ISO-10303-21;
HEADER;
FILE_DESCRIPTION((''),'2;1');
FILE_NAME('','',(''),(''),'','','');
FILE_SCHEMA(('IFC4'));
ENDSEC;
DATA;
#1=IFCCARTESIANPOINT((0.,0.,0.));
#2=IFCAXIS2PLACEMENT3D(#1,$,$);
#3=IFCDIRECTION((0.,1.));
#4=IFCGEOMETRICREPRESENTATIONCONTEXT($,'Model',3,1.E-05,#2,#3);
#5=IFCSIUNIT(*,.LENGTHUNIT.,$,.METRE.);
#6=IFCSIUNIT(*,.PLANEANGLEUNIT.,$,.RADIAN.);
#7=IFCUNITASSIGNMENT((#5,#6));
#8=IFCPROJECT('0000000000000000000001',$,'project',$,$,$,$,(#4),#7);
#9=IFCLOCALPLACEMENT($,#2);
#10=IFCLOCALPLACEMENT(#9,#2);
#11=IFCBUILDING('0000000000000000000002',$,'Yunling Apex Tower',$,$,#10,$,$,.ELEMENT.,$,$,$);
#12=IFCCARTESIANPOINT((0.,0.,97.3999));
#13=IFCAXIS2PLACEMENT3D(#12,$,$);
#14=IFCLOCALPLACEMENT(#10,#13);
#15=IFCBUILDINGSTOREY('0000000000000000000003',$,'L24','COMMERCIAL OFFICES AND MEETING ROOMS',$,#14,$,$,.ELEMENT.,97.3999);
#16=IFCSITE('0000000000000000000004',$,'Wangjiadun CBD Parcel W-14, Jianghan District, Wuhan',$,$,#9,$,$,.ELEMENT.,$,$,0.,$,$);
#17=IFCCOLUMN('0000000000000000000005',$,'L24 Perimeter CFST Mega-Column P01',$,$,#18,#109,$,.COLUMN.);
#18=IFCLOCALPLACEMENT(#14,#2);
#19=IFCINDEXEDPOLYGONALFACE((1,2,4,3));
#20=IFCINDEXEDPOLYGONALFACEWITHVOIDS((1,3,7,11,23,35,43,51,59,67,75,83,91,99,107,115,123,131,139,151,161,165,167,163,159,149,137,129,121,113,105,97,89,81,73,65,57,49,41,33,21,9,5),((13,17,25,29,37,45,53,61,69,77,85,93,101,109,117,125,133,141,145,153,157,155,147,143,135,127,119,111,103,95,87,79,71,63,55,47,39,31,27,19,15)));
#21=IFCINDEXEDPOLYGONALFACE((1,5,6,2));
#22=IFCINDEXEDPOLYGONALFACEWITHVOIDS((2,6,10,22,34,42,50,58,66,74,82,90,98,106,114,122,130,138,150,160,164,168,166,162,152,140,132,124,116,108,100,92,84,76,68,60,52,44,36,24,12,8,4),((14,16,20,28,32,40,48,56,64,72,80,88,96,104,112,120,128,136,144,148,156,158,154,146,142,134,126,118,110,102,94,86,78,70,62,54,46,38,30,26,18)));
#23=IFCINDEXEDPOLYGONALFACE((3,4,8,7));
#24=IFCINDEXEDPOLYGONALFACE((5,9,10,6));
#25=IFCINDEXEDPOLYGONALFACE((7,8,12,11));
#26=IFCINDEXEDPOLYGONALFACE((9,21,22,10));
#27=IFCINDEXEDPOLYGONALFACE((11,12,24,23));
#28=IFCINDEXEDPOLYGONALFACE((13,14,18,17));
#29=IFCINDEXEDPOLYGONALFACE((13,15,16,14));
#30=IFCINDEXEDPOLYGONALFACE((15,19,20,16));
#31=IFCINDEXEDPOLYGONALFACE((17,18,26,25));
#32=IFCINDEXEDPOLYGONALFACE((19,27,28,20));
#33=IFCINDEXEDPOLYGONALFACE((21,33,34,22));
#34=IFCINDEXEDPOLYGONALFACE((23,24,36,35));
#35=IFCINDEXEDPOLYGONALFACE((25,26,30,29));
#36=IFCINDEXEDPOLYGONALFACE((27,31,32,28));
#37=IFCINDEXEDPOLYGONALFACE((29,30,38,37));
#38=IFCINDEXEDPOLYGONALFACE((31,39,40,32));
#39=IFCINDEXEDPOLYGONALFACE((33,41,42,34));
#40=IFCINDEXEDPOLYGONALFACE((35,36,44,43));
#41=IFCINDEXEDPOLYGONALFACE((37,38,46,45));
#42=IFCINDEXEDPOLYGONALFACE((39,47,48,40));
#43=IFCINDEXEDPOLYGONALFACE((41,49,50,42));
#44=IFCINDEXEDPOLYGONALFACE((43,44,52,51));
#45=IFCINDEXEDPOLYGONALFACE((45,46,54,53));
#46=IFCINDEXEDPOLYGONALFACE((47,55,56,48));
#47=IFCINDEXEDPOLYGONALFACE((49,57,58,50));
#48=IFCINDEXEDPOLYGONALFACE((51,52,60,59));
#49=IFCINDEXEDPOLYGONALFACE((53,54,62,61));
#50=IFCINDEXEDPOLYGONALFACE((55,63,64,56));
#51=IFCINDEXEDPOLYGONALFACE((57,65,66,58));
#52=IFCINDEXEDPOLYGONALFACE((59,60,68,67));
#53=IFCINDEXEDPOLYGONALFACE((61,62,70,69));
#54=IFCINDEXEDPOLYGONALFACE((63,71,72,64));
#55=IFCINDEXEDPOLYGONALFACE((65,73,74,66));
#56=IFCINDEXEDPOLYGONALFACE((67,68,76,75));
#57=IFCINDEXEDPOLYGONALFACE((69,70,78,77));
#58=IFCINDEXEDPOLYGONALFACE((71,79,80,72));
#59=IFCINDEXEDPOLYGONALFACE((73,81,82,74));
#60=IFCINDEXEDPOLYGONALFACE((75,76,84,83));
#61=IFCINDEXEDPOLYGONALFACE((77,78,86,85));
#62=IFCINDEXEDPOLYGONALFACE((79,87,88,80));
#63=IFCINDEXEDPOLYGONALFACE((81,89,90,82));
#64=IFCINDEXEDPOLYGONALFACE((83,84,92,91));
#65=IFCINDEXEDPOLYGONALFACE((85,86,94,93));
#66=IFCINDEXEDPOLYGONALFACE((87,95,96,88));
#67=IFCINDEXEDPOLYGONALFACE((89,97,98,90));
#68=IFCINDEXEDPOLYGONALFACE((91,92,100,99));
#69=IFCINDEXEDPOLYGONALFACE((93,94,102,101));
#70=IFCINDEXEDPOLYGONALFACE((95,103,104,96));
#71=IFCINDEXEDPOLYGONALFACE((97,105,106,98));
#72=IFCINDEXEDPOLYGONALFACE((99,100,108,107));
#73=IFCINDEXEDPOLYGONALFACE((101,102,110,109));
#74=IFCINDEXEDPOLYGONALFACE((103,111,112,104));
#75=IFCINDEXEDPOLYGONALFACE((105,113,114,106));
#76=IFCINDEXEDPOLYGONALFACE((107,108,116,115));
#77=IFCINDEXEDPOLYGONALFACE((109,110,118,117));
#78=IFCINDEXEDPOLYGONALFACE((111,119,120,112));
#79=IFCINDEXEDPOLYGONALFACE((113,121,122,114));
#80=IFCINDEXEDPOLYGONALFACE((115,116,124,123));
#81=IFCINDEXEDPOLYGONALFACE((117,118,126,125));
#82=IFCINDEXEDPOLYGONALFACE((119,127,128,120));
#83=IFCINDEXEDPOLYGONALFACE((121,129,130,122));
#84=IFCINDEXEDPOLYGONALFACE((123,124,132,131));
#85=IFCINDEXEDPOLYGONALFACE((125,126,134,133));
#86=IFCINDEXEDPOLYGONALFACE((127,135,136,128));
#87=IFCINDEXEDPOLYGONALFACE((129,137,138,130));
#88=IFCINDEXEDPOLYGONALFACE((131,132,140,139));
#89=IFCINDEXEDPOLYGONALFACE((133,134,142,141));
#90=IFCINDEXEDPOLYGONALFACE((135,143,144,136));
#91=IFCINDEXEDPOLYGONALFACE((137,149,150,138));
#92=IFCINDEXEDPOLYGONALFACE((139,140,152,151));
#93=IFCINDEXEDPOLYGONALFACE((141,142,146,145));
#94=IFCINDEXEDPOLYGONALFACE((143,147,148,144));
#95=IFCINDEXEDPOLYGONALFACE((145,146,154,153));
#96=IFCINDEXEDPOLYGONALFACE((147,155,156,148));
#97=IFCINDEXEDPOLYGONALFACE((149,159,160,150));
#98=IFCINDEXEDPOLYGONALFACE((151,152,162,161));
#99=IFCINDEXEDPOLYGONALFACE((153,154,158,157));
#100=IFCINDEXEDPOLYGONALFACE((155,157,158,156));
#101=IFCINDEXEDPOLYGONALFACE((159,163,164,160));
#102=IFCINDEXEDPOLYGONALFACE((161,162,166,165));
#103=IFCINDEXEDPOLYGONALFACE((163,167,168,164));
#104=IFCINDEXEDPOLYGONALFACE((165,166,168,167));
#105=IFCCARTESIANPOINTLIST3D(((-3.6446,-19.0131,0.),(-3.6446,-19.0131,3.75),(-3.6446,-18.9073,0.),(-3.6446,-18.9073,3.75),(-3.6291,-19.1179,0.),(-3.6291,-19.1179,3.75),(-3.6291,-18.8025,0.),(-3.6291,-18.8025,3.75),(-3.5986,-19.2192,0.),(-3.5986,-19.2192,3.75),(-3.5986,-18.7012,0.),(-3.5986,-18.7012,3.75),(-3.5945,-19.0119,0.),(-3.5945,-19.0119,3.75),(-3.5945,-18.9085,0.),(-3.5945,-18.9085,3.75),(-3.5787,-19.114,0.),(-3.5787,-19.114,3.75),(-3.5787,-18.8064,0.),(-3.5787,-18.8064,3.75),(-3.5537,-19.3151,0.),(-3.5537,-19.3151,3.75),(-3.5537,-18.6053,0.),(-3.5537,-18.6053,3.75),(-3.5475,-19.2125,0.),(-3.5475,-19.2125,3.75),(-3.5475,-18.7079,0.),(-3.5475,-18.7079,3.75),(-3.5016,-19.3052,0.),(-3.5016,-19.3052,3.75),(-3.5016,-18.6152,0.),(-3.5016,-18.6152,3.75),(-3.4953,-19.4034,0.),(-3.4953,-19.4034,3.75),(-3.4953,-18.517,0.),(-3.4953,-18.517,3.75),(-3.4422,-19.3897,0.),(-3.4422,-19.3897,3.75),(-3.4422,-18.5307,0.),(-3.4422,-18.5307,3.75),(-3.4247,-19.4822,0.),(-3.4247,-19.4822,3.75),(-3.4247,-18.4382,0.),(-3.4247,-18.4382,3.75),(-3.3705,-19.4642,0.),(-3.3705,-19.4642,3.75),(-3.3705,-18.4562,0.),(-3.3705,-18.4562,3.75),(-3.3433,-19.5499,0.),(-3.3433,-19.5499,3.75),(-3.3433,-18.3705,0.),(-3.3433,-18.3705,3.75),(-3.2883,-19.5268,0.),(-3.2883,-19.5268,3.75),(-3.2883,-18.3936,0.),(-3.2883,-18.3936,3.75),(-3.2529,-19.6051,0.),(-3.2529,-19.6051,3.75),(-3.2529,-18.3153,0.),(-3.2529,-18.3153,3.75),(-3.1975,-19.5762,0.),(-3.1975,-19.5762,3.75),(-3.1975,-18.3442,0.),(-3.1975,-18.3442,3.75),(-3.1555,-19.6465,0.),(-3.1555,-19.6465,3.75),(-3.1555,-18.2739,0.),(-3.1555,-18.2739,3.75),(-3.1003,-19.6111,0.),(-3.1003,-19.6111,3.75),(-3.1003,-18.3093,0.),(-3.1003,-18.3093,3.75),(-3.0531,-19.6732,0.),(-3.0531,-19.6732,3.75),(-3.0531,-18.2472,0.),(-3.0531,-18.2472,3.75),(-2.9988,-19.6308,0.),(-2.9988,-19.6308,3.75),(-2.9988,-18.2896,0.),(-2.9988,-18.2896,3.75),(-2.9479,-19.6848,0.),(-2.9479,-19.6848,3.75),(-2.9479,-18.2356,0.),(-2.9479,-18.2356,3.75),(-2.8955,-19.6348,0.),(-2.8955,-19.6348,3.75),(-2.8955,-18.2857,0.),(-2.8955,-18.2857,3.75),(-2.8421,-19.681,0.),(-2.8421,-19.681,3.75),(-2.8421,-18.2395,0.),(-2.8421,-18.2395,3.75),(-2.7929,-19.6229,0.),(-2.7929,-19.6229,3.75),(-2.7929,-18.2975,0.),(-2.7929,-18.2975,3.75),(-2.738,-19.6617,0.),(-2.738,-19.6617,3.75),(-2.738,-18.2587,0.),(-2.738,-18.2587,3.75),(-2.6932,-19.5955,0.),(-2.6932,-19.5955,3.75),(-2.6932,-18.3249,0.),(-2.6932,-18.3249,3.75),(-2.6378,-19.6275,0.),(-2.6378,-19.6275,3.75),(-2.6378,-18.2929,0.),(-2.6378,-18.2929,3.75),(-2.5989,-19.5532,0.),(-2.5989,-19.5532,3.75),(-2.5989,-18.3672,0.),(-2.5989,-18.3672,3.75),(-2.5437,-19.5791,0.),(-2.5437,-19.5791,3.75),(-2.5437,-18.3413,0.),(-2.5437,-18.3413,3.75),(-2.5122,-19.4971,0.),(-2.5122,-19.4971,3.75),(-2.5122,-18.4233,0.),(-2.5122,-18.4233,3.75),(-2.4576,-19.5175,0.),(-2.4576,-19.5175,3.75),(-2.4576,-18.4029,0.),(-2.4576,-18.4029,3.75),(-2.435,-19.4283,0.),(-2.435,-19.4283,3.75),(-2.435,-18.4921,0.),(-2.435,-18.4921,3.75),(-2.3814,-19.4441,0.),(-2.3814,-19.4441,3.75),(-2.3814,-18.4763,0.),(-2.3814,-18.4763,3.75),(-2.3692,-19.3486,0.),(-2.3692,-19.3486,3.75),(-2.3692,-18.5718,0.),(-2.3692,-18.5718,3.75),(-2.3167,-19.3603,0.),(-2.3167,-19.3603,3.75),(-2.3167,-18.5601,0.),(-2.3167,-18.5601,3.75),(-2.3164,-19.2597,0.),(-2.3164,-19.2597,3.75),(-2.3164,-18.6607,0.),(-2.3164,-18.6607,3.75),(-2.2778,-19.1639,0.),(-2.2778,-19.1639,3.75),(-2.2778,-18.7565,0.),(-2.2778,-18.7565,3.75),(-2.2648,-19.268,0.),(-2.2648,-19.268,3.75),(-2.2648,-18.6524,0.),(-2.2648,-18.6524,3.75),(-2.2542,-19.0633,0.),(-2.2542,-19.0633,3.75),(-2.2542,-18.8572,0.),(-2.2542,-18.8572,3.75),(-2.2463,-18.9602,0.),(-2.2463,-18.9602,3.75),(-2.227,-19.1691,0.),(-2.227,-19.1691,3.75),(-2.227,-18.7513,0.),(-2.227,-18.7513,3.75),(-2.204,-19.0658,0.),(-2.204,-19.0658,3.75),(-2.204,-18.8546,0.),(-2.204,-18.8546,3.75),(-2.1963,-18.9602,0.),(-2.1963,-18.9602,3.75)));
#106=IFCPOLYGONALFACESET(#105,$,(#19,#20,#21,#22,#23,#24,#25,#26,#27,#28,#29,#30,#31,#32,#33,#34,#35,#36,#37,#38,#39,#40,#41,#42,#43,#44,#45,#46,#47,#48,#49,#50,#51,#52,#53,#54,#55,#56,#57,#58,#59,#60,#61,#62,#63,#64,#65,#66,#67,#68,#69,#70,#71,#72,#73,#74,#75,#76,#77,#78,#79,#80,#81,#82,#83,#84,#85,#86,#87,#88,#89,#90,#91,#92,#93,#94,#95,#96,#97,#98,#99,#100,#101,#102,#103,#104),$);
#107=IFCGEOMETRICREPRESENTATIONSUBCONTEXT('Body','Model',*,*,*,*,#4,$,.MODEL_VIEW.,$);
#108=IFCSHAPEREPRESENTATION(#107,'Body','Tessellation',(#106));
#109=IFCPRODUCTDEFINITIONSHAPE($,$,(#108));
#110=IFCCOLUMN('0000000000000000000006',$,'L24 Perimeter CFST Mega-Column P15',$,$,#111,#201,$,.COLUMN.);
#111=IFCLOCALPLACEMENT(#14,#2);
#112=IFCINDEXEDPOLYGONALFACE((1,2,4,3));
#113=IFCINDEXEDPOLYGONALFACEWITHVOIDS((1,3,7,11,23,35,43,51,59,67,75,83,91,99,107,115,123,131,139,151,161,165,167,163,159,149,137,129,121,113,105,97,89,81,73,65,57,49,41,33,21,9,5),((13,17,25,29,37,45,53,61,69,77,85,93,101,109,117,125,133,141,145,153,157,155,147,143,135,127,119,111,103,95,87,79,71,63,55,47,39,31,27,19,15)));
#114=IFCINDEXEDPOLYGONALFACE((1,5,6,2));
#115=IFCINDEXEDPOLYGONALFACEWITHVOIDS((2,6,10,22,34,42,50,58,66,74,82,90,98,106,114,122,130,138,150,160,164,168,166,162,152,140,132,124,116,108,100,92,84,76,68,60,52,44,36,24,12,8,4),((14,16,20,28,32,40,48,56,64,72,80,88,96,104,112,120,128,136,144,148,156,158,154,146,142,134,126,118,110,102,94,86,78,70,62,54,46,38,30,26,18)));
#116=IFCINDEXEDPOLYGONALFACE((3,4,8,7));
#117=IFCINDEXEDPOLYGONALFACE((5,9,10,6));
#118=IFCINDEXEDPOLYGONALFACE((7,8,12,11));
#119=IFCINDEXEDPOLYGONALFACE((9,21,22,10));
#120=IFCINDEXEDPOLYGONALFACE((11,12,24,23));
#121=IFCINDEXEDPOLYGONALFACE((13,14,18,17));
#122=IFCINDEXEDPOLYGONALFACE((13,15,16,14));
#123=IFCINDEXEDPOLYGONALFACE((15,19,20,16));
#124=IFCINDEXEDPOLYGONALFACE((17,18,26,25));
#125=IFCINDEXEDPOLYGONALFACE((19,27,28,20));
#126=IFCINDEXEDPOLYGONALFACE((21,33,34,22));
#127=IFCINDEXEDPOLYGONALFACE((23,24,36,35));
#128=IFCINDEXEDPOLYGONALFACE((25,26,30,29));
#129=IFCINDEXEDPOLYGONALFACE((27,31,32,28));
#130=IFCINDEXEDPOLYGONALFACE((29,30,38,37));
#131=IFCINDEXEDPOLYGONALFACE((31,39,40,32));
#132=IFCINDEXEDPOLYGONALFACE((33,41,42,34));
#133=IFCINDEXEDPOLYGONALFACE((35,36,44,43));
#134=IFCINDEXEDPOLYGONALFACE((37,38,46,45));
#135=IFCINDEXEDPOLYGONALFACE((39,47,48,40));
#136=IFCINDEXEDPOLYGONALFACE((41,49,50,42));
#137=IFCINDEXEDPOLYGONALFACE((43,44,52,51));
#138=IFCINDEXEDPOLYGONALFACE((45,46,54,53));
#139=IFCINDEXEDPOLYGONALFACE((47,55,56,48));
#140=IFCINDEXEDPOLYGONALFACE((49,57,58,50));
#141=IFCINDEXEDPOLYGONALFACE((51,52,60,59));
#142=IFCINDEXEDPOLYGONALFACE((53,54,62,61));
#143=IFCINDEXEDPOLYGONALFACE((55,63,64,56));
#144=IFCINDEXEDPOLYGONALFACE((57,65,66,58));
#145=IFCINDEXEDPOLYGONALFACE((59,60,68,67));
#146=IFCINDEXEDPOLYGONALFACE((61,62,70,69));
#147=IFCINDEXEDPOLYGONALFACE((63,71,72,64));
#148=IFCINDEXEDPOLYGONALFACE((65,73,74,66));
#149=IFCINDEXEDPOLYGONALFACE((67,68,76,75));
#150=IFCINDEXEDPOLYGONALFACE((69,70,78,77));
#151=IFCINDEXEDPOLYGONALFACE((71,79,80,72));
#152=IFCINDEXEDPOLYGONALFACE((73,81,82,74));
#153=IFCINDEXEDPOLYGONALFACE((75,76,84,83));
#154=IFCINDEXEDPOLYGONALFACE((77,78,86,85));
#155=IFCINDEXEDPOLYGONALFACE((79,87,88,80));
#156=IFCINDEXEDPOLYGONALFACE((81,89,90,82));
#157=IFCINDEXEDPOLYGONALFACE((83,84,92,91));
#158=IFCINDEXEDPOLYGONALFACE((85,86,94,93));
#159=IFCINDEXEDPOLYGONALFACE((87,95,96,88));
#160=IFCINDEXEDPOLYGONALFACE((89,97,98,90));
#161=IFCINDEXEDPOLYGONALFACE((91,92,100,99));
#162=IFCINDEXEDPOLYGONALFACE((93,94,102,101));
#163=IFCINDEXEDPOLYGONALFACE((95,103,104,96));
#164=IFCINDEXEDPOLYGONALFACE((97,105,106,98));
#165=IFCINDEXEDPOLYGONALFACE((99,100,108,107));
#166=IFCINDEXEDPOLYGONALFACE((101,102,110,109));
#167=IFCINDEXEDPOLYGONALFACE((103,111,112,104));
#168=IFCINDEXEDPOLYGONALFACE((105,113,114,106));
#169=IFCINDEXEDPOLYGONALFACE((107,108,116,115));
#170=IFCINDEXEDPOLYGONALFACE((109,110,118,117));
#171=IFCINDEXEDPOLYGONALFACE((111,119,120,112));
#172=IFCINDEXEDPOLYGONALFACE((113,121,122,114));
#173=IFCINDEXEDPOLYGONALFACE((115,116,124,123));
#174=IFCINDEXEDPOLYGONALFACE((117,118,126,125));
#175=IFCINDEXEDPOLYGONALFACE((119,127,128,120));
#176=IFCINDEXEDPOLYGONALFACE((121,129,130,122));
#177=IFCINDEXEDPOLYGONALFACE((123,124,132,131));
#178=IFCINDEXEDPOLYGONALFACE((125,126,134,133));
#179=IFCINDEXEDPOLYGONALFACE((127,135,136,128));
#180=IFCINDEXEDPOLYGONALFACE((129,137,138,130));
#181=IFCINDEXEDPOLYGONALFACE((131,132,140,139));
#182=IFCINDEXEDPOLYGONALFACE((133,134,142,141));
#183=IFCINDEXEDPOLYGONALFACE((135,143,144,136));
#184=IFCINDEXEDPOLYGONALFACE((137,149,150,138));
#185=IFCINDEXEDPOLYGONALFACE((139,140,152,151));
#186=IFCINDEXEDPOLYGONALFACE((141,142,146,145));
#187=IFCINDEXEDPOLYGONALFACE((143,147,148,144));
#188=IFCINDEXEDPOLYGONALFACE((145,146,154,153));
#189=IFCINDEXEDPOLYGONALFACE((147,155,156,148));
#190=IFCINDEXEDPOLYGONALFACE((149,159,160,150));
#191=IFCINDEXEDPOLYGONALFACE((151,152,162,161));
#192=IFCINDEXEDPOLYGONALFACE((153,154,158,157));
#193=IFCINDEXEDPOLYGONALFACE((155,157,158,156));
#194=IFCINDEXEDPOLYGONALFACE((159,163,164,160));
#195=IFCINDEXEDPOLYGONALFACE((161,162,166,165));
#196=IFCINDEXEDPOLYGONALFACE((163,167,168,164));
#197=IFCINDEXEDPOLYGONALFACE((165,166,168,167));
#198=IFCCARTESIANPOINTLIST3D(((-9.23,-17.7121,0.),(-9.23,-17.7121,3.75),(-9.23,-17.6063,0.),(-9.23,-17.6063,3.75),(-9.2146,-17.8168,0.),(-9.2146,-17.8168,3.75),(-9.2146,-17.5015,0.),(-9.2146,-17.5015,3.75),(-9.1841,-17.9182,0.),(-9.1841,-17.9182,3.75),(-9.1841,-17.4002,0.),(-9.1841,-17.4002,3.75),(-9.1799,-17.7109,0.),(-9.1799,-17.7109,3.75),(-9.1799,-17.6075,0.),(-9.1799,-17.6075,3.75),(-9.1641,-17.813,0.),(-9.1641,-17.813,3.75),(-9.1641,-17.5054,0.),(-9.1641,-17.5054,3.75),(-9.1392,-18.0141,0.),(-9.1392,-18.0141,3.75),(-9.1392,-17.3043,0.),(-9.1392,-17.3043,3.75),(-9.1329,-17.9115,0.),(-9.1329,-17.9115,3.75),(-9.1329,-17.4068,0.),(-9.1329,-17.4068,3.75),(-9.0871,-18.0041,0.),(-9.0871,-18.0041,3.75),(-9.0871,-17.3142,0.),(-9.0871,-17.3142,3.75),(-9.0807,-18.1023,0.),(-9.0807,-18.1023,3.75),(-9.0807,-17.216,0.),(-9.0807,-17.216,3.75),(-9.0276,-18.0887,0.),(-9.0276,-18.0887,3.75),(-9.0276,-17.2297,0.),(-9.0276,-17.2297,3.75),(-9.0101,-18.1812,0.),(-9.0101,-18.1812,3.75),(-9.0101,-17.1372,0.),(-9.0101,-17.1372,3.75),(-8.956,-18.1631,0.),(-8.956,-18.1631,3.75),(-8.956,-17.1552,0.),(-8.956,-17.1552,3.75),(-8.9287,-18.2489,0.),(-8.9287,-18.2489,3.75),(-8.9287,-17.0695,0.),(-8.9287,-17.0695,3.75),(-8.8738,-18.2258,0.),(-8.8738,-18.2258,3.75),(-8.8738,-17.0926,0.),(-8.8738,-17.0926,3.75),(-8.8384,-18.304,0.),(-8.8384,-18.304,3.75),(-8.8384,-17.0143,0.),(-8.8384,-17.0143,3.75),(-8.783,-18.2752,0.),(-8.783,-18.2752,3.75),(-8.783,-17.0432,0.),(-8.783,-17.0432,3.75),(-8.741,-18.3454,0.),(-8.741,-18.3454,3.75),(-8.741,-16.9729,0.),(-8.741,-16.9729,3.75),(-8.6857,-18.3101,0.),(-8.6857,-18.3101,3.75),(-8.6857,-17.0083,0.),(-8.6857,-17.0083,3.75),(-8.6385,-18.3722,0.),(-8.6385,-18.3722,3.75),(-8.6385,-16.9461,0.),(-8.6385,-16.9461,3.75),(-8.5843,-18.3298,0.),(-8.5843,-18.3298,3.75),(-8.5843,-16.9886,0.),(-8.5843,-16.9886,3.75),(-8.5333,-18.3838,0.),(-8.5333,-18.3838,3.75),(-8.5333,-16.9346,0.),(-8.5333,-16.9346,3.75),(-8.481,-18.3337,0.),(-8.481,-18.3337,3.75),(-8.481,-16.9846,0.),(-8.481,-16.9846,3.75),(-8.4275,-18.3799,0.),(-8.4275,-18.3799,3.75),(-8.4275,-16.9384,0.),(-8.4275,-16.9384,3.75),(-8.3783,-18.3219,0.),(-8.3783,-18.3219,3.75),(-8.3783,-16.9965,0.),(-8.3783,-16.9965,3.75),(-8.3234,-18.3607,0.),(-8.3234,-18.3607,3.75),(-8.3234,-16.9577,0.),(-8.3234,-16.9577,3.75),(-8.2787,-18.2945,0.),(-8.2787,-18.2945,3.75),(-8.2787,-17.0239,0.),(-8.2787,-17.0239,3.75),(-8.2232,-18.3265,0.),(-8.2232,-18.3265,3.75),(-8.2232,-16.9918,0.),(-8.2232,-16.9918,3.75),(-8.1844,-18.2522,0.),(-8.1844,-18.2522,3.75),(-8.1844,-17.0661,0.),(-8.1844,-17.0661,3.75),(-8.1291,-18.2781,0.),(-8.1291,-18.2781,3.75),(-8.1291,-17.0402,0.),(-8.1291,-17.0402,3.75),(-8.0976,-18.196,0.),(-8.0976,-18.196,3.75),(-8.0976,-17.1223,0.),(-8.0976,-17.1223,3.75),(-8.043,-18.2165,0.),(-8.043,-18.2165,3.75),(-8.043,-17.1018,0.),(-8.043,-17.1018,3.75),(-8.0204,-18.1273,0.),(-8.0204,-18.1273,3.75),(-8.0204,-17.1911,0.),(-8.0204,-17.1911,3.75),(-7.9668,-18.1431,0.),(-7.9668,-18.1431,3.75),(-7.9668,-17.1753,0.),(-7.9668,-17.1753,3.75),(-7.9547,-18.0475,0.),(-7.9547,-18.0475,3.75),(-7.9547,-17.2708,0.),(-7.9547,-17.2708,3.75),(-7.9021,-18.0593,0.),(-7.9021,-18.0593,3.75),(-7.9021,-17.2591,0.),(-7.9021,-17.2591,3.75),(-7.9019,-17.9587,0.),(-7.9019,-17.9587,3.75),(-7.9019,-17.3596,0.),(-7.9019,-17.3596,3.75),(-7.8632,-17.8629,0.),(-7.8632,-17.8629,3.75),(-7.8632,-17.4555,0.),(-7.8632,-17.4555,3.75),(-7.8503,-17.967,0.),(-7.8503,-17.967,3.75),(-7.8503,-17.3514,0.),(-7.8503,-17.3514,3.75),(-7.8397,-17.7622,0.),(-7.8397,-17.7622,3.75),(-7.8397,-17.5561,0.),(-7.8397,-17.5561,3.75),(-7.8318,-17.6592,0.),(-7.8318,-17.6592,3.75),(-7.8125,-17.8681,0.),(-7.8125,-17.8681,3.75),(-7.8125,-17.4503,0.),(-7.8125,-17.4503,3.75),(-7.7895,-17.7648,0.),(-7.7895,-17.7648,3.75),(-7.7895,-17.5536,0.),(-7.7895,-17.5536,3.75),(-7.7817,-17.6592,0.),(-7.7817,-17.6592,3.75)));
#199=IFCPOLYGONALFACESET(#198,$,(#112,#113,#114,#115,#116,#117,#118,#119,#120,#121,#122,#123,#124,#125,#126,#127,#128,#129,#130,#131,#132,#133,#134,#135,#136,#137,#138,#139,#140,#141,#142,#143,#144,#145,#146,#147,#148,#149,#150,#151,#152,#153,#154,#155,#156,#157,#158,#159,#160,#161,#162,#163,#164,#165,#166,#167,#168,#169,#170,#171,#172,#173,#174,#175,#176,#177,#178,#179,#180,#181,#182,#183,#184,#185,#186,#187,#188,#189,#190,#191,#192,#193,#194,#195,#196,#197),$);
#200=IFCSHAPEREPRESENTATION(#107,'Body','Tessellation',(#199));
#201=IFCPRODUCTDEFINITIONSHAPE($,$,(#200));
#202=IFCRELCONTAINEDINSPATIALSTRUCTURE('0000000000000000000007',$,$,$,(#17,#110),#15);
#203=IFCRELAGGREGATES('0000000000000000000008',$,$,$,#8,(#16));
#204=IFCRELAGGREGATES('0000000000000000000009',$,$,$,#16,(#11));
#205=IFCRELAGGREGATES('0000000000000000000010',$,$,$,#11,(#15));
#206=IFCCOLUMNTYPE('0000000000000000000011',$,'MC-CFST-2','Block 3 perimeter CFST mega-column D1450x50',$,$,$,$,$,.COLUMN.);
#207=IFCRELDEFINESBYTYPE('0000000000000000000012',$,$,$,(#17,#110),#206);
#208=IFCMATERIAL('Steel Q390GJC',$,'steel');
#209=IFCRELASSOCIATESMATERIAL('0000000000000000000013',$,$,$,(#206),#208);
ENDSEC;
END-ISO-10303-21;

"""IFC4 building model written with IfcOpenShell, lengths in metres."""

from ifc_helpers import new_model, si_unit, direction, frame, origin, origin_2d, place, context, subcontext, project, spatial, hollow_circle, extrude, source, transform, mapped, material, material_profile, profile_set, type_object, element, save


model = new_model("IFC4")

# Units and contexts
model_context = context("Model", 3, precision=1e-05, world=origin(), true_north=direction((0.0, 1.0)))
body_context = subcontext(model_context, "Body", "Model", "MODEL_VIEW")
ifc_project = project(units=[si_unit("LENGTHUNIT", "METRE"), si_unit("PLANEANGLEUNIT", "RADIAN")], contexts=[model_context])

# Site, building, storey
site_placement = place(None, origin())
site = spatial("IfcSite", under=ifc_project, at=site_placement, Name="Wangjiadun CBD Parcel W-14, Jianghan District, Wuhan", CompositionType="ELEMENT", RefElevation=0.0)
building_placement = place(site_placement, origin())
building = spatial("IfcBuilding", under=site, at=building_placement, Name="Yunling Apex Tower", CompositionType="ELEMENT")
storey_placement = place(building_placement, frame((0.0, 0.0, 97.3999)))
storey = spatial("IfcBuildingStorey", under=building, at=storey_placement, Name="L24", Description="COMMERCIAL OFFICES AND MEETING ROOMS", CompositionType="ELEMENT", Elevation=97.3999)

# Columns
ifc_material_1 = material(Name="Steel Q390GJC", Category="steel")
ifc_material_profile_1 = material_profile(ifc_material_1, hollow_circle(Radius=0.7251, WallThickness=0.05, at=origin_2d()))
ifc_profile_set_1 = profile_set([ifc_material_profile_1], Name="Steel Q390GJC")
column_type = type_object("IfcColumnType", Name="MC-CFST-2", Description="Block 3 perimeter CFST mega-column D1450x50", PredefinedType="COLUMN", material=ifc_profile_set_1)
shared_shape_1 = source(origin(), body_context, "Body", "SweptSolid", [
    extrude(hollow_circle(Radius=0.7251, WallThickness=0.05, at=origin_2d()), origin(), (0.0, 0.0, 1.0), 3.75),
])
for number, where, z_axis, x_axis, name in (
    (1, (-2.9214, -18.9602, 0.0), (0.0, 0.0, 1.0), (1.0, 0.0, 0.0), "L24 Perimeter CFST Mega-Column P01"),
    (2, (-8.5068, -17.6592, 0.0), (0.0, 0.0, 1.0), (1.0, 0.0, 0.0), "L24 Perimeter CFST Mega-Column P15"),
):
    element("IfcColumn", number, at=place(storey_placement, frame(where, z_axis=z_axis, x_axis=x_axis)), inside=storey, type_object=column_type, Name=name, PredefinedType="COLUMN", context=body_context, shape_type="MappedRepresentation", body=[
        mapped(shared_shape_1, transform((0.0, 0.0, 0.0), scale=1.0)),
    ])

save(model, "model.ifc")
